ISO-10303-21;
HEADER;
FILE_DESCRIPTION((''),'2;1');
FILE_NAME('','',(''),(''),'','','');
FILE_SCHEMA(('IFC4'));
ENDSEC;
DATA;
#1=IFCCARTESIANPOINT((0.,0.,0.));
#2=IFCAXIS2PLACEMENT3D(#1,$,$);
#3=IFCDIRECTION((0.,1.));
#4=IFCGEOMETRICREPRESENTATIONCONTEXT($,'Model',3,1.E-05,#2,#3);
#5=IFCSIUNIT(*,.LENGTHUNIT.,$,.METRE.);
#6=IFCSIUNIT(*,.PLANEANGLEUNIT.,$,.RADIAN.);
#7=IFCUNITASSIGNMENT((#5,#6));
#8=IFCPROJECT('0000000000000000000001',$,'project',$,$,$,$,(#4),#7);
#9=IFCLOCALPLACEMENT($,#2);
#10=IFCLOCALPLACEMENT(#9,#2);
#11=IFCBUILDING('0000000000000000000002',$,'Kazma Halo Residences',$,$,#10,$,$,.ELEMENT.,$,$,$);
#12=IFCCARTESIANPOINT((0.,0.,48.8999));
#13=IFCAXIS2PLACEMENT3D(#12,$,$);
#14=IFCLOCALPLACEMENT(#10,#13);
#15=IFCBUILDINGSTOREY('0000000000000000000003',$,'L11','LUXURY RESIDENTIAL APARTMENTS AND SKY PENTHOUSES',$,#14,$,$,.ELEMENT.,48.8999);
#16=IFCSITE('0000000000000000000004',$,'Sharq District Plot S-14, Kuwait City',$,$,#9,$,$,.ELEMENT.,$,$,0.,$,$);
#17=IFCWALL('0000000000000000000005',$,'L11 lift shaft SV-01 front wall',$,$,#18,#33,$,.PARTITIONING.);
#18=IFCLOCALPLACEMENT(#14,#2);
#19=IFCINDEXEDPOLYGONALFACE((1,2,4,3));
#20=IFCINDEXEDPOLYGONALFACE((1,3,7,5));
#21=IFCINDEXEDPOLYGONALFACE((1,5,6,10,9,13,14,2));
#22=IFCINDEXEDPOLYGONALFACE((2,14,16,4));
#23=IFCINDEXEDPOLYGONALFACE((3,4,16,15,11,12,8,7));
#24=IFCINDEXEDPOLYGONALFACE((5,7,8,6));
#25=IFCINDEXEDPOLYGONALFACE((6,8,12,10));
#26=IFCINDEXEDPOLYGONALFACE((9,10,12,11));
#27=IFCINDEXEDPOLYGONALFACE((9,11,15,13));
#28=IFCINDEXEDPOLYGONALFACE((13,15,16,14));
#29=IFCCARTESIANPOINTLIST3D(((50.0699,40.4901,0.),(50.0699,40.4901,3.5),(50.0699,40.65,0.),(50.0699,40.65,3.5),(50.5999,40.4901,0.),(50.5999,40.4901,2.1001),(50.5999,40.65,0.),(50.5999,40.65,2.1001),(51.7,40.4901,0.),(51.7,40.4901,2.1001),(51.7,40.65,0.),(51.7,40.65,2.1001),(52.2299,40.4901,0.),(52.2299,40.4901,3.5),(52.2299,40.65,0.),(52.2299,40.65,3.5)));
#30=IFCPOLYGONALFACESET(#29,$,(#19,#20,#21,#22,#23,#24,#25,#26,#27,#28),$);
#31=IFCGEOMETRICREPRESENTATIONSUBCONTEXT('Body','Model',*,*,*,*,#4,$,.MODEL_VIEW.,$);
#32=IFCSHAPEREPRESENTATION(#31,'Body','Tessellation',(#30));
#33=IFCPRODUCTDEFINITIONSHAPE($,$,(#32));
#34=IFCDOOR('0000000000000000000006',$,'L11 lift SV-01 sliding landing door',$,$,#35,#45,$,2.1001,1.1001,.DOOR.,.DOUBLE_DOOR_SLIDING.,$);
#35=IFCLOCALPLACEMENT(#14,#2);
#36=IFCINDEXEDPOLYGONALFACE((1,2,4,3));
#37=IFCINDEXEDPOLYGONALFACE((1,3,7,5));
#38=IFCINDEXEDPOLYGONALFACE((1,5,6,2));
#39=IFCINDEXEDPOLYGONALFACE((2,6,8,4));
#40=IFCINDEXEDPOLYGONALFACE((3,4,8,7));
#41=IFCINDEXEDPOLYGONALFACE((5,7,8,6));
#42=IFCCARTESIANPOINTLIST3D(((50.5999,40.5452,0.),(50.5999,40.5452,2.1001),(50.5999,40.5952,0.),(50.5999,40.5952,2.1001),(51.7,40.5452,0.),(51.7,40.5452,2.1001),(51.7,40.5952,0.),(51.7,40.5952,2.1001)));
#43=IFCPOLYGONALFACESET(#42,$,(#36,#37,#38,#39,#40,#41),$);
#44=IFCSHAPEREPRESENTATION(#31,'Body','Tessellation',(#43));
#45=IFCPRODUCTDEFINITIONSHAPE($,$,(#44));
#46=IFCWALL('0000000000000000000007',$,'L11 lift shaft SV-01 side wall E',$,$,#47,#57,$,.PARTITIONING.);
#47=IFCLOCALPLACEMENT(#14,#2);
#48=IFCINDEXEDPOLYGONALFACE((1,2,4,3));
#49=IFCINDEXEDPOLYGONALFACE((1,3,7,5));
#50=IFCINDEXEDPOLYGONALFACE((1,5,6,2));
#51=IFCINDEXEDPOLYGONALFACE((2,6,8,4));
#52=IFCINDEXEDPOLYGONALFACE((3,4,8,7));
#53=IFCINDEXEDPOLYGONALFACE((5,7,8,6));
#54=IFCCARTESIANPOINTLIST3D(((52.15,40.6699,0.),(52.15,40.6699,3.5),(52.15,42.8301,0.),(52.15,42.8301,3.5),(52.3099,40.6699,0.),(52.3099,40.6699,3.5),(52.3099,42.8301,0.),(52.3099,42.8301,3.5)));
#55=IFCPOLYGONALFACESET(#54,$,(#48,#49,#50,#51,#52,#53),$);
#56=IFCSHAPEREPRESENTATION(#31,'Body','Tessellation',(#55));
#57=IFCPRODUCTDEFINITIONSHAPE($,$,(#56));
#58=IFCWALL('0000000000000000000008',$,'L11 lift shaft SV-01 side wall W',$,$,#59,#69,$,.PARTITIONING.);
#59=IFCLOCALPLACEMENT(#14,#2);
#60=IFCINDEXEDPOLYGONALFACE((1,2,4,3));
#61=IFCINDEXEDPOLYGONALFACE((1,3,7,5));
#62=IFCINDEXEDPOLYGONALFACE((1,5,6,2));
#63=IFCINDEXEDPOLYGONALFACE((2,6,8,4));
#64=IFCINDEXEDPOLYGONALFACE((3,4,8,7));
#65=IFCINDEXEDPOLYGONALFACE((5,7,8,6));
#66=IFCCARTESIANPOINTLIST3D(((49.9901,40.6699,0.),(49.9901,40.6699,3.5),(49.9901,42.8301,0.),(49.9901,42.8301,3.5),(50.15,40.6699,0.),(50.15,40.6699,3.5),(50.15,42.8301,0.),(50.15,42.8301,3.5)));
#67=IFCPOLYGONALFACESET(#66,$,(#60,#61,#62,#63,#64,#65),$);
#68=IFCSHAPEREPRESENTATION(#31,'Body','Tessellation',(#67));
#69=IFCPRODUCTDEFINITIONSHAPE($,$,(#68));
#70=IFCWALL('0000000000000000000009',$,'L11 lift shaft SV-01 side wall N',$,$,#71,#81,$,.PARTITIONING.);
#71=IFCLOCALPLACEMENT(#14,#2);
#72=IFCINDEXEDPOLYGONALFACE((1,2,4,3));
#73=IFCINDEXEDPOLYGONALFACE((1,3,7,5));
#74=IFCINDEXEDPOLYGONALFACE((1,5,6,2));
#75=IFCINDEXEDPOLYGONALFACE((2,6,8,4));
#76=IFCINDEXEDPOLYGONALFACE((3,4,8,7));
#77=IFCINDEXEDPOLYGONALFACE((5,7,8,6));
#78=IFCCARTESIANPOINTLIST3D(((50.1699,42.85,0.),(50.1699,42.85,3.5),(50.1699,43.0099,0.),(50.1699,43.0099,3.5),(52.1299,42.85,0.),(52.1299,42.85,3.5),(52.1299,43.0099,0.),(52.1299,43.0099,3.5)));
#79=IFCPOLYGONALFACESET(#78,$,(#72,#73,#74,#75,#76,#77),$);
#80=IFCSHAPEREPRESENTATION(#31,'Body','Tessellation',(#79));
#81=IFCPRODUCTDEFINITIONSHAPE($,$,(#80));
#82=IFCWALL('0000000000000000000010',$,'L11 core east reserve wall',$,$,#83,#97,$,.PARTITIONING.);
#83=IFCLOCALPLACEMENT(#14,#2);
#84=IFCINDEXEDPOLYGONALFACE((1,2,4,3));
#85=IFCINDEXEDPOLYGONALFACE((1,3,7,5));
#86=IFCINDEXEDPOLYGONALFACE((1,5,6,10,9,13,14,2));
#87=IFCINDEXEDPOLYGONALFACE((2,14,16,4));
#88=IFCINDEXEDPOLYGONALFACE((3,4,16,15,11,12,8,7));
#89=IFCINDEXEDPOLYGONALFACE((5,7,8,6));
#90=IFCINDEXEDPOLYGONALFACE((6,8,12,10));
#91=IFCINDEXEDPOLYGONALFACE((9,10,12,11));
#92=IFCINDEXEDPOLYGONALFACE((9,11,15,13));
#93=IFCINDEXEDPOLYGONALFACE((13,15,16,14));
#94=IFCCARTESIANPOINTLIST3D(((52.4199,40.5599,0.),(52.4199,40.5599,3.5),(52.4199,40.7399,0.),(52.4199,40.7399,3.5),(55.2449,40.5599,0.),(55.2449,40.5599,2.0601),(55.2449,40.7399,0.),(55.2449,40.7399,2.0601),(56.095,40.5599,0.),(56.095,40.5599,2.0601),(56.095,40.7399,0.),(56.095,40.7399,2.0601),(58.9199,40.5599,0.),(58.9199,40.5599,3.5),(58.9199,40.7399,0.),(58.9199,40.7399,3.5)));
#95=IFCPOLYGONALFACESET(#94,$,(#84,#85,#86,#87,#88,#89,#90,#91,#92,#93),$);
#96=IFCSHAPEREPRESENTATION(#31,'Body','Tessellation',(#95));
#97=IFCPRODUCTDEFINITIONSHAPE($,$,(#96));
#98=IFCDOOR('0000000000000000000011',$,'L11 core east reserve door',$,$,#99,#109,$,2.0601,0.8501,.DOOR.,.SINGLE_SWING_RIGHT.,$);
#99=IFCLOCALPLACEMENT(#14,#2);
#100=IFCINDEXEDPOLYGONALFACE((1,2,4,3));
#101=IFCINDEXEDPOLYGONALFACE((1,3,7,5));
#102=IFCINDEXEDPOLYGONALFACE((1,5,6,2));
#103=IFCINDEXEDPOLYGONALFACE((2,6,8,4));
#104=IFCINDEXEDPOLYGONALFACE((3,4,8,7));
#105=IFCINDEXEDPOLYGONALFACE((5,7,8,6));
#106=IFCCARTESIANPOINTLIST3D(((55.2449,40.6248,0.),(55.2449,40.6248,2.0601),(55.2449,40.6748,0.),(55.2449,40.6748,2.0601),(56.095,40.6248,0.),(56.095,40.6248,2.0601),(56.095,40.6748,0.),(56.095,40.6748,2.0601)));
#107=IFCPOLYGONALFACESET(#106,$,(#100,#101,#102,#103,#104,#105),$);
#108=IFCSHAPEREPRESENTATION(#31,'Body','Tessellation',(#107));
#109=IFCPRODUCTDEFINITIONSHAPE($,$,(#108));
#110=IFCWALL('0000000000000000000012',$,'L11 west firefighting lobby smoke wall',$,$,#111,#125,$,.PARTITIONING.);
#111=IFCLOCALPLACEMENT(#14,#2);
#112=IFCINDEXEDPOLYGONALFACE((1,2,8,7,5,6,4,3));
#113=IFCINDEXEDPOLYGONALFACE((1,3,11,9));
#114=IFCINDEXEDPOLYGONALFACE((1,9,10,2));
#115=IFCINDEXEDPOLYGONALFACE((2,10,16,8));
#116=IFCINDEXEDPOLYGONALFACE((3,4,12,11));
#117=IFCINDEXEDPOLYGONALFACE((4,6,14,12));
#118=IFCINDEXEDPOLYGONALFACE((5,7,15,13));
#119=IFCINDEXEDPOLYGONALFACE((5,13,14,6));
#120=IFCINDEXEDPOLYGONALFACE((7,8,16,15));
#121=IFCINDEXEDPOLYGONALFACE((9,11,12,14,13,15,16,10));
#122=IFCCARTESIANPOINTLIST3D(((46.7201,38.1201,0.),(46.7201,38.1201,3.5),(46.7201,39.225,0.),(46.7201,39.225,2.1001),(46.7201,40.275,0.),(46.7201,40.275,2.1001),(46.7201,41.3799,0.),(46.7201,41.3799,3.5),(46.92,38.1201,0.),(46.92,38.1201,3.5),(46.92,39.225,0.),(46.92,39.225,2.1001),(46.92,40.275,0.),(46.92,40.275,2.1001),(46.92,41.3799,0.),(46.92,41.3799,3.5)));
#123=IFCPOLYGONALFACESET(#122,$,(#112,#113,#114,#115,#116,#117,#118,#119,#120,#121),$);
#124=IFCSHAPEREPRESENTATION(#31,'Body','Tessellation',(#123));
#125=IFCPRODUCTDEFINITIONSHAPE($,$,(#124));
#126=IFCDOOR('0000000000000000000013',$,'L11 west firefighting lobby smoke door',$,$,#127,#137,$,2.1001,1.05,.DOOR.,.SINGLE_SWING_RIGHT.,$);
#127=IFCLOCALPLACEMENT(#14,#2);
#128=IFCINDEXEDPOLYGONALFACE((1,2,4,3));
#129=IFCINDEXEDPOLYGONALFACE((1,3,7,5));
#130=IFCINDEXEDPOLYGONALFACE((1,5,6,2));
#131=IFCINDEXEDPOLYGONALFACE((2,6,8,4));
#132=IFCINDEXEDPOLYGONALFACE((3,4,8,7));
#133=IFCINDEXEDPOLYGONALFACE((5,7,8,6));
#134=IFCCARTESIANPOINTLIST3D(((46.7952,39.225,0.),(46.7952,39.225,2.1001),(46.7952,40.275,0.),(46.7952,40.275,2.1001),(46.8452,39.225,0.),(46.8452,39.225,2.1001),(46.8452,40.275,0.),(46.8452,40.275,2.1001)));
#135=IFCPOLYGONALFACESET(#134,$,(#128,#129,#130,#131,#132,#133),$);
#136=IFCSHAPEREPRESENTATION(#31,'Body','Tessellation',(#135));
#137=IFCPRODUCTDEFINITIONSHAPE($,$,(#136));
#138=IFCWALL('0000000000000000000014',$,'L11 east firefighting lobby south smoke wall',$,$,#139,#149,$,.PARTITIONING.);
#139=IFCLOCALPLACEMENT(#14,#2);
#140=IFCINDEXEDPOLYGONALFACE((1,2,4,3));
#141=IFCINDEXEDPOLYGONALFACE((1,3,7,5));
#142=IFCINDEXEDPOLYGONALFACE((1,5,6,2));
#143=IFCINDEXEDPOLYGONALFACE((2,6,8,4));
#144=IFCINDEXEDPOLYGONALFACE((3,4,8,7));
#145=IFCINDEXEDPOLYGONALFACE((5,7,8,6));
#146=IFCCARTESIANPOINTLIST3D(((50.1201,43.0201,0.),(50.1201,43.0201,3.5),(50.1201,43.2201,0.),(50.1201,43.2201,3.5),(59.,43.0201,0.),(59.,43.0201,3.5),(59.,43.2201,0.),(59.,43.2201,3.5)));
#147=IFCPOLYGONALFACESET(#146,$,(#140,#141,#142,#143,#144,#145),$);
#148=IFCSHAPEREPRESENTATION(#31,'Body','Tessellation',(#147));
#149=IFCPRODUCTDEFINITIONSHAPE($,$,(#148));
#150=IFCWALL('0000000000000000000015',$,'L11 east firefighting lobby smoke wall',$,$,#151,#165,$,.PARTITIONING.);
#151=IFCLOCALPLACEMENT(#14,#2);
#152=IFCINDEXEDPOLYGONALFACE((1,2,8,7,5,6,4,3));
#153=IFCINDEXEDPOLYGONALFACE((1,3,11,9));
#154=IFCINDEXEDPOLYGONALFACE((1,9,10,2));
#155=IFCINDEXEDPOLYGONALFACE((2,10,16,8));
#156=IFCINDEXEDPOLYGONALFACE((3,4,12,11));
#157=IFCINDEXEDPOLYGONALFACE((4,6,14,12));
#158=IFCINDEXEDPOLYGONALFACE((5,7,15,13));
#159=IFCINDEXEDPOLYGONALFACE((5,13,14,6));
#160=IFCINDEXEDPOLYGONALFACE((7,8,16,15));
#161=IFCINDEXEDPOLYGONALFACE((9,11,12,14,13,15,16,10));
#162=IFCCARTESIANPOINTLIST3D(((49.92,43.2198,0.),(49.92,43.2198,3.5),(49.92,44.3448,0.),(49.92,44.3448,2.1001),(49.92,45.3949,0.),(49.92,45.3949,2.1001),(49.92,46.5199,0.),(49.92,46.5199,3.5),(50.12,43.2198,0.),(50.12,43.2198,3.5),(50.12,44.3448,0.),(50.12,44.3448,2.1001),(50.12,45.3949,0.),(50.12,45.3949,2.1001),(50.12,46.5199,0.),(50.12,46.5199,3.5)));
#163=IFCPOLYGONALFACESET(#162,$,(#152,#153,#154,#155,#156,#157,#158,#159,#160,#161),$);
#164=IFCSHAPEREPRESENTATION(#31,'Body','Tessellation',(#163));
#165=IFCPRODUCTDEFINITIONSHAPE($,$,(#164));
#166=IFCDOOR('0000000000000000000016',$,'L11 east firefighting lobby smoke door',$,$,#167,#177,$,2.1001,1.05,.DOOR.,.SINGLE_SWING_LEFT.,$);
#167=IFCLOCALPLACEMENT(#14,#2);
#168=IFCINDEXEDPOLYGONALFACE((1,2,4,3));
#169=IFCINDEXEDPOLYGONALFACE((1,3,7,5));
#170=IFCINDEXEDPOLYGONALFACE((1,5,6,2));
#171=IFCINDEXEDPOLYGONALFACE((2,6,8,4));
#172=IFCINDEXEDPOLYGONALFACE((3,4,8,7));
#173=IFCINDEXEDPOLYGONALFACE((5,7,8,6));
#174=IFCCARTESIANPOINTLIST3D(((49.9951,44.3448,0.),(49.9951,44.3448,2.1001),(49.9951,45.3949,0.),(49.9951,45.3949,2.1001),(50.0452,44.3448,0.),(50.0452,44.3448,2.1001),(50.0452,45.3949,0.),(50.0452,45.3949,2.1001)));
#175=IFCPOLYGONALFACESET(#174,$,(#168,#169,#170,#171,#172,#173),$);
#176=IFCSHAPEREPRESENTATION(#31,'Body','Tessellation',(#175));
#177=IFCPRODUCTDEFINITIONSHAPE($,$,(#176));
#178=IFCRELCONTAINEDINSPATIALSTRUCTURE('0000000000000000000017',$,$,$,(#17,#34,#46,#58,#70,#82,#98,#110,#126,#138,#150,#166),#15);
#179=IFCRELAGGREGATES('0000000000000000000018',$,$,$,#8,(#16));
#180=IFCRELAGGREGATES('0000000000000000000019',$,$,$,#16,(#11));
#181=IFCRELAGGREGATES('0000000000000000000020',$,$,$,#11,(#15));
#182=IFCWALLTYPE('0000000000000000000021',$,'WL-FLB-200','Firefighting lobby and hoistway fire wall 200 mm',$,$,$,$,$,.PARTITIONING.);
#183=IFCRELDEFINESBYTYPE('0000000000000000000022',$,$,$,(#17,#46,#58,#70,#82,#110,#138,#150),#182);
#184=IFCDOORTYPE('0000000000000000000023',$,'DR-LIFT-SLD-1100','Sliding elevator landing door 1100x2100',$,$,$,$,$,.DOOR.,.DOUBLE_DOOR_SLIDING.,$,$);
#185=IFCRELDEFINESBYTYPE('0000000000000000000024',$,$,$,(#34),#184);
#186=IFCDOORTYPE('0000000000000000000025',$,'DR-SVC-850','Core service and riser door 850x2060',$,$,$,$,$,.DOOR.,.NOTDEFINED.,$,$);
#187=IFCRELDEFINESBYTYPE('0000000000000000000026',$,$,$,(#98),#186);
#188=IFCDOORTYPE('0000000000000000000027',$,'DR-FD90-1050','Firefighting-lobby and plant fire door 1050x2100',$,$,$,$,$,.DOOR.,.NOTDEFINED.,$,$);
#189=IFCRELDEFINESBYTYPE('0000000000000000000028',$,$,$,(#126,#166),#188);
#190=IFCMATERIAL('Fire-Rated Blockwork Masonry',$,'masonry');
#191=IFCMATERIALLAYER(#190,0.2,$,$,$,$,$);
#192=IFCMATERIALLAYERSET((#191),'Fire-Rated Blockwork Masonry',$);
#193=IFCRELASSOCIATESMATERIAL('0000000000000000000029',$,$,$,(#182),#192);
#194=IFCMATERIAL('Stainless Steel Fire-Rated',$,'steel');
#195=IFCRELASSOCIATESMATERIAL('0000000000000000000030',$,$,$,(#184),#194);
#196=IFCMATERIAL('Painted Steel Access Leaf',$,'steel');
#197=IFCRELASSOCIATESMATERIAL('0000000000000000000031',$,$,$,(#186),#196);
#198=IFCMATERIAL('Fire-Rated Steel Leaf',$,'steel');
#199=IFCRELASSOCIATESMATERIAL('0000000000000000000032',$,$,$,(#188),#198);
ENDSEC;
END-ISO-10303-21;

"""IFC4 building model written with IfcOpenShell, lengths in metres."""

from ifc_helpers import new_model, si_unit, direction, frame, frame_2d, origin, place, context, subcontext, project, spatial, rectangle, extrude, material, layer, layer_set, type_object, element, fill, save


model = new_model("IFC4")

# Units and contexts
model_context = context("Model", 3, precision=1e-05, world=origin(), true_north=direction((0.0, 1.0)))
body_context = subcontext(model_context, "Body", "Model", "MODEL_VIEW")
ifc_project = project(units=[si_unit("LENGTHUNIT", "METRE"), si_unit("PLANEANGLEUNIT", "RADIAN")], contexts=[model_context])

# Site, building, storey
site_placement = place(None, origin())
site = spatial("IfcSite", under=ifc_project, at=site_placement, Name="Sharq District Plot S-14, Kuwait City", CompositionType="ELEMENT", RefElevation=0.0)
building_placement = place(site_placement, origin())
building = spatial("IfcBuilding", under=site, at=building_placement, Name="Kazma Halo Residences", CompositionType="ELEMENT")
storey_placement = place(building_placement, frame((0.0, 0.0, 48.8999)))
storey = spatial("IfcBuildingStorey", under=building, at=storey_placement, Name="L11", Description="LUXURY RESIDENTIAL APARTMENTS AND SKY PENTHOUSES", CompositionType="ELEMENT", Elevation=48.8999)

# Wall, opening, door
ifc_material_1 = material(Name="Fire-Rated Blockwork Masonry", Category="masonry")
ifc_layer_1 = layer(ifc_material_1, 0.2)
ifc_layer_set_1 = layer_set([ifc_layer_1], Name="Fire-Rated Blockwork Masonry")
wall_type_1 = type_object("IfcWallType", Name="WL-FLB-200", Description="Firefighting lobby and hoistway fire wall 200 mm", PredefinedType="PARTITIONING", material=ifc_layer_set_1)
wall_1_placement = place(storey_placement, frame((52.23, 40.5701, 0.0), z_axis=(0.0, 0.0, 1.0), x_axis=(-1.0, 0.0, 0.0)))
wall_1 = element("IfcWall", 1, at=wall_1_placement, inside=storey, type_object=wall_type_1, Name="L11 lift shaft SV-01 front wall", PredefinedType="PARTITIONING", context=body_context, shape_type="SweptSolid", body=[
    extrude(rectangle(XDim=2.1599, YDim=0.1599, at=frame_2d((1.0801, 0.0))), origin(), (0.0, 0.0, 1.0), 3.5),
])
opening_1_placement = place(wall_1_placement, frame((0.53, 0.0, 0.0)))
opening_1 = element("IfcOpeningElement", 2, at=opening_1_placement, cuts=wall_1, PredefinedType="OPENING", context=body_context, shape_type="SweptSolid", body=[
    extrude(rectangle(XDim=1.1001, YDim=2.1001, at=frame_2d((0.55, 1.05))), frame((0.0, 0.0898, 0.0), z_axis=(0.0, -1.0, 0.0), x_axis=(1.0, 0.0, 0.0)), (0.0, 0.0, 1.0), 0.1799),
])
ifc_material_2 = material(Name="Stainless Steel Fire-Rated", Category="steel")
door_type_1 = type_object("IfcDoorType", Name="DR-LIFT-SLD-1100", Description="Sliding elevator landing door 1100x2100", OperationType="DOUBLE_DOOR_SLIDING", PredefinedType="DOOR", material=ifc_material_2)
door_1_placement = place(opening_1_placement, origin())
door_1 = element("IfcDoor", 3, at=door_1_placement, inside=storey, type_object=door_type_1, Name="L11 lift SV-01 sliding landing door", OperationType="DOUBLE_DOOR_SLIDING", OverallHeight=2.1001, OverallWidth=1.1001, PredefinedType="DOOR", context=body_context, shape_type="SweptSolid", body=[
    extrude(rectangle(XDim=1.1001, YDim=2.1001, at=frame_2d((0.55, 1.05))), frame((0.0, 0.0249, 0.0), z_axis=(0.0, -1.0, 0.0), x_axis=(1.0, 0.0, 0.0)), (0.0, 0.0, 1.0), 0.05),
])
fill(opening_1, door_1)

# Walls
for number, where, z_axis, x_axis, name in (
    (4, (52.23, 40.6699, 0.0), (0.0, 0.0, 1.0), (0.0, 1.0, 0.0), "L11 lift shaft SV-01 side wall E"),
    (5, (50.0701, 40.6699, 0.0), (0.0, 0.0, 1.0), (0.0, 1.0, 0.0), "L11 lift shaft SV-01 side wall W"),
):
    element("IfcWall", number, at=place(storey_placement, frame(where, z_axis=z_axis, x_axis=x_axis)), inside=storey, type_object=wall_type_1, Name=name, PredefinedType="PARTITIONING", context=body_context, shape_type="SweptSolid", body=[
        extrude(rectangle(XDim=2.1602, YDim=0.1599, at=frame_2d((1.0801, 0.0))), origin(), (0.0, 0.0, 1.0), 3.5),
    ])
wall_2_placement = place(storey_placement, frame((50.1699, 42.9299, 0.0), z_axis=(0.0, 0.0, 1.0), x_axis=(1.0, 0.0, 0.0)))
element("IfcWall", 6, at=wall_2_placement, inside=storey, type_object=wall_type_1, Name="L11 lift shaft SV-01 side wall N", PredefinedType="PARTITIONING", context=body_context, shape_type="SweptSolid", body=[
    extrude(rectangle(XDim=1.96, YDim=0.1599, at=frame_2d((0.98, 0.0))), origin(), (0.0, 0.0, 1.0), 3.5),
])

# Walls, openings, doors
wall_3_placement = place(storey_placement, frame((52.4199, 40.6499, 0.0), z_axis=(0.0, 0.0, 1.0), x_axis=(1.0, 0.0, 0.0)))
wall_3 = element("IfcWall", 7, at=wall_3_placement, inside=storey, type_object=wall_type_1, Name="L11 core east reserve wall", PredefinedType="PARTITIONING", context=body_context, shape_type="SweptSolid", body=[
    extrude(rectangle(XDim=6.5, YDim=0.1799, at=frame_2d((3.25, 0.0))), origin(), (0.0, 0.0, 1.0), 3.5),
])
opening_2_placement = place(wall_3_placement, frame((2.825, 0.0, 0.0)))
opening_2 = element("IfcOpeningElement", 8, at=opening_2_placement, cuts=wall_3, PredefinedType="OPENING", context=body_context, shape_type="SweptSolid", body=[
    extrude(rectangle(XDim=0.8501, YDim=2.0601, at=frame_2d((0.425, 1.03))), frame((0.0, 0.0999, 0.0), z_axis=(0.0, -1.0, 0.0), x_axis=(1.0, 0.0, 0.0)), (0.0, 0.0, 1.0), 0.2),
])
ifc_material_3 = material(Name="Painted Steel Access Leaf", Category="steel")
door_type_2 = type_object("IfcDoorType", Name="DR-SVC-850", Description="Core service and riser door 850x2060", OperationType="NOTDEFINED", PredefinedType="DOOR", material=ifc_material_3)
door_2_placement = place(opening_2_placement, origin())
door_2 = element("IfcDoor", 9, at=door_2_placement, inside=storey, type_object=door_type_2, Name="L11 core east reserve door", OperationType="SINGLE_SWING_RIGHT", OverallHeight=2.0601, OverallWidth=0.8501, PredefinedType="DOOR", context=body_context, shape_type="SweptSolid", body=[
    extrude(rectangle(XDim=0.8501, YDim=2.0601, at=frame_2d((0.425, 1.03))), frame((0.0, 0.0249, 0.0), z_axis=(0.0, -1.0, 0.0), x_axis=(1.0, 0.0, 0.0)), (0.0, 0.0, 1.0), 0.05),
])
fill(opening_2, door_2)
wall_4_placement = place(storey_placement, frame((46.8201, 38.1201, 0.0), z_axis=(0.0, 0.0, 1.0), x_axis=(0.0, 1.0, 0.0)))
wall_4 = element("IfcWall", 10, at=wall_4_placement, inside=storey, type_object=wall_type_1, Name="L11 west firefighting lobby smoke wall", PredefinedType="PARTITIONING", context=body_context, shape_type="SweptSolid", body=[
    extrude(rectangle(XDim=3.2598, YDim=0.2, at=frame_2d((1.6299, 0.0))), origin(), (0.0, 0.0, 1.0), 3.5),
])
opening_3_placement = place(wall_4_placement, frame((1.105, 0.0, 0.0)))
opening_3 = element("IfcOpeningElement", 11, at=opening_3_placement, cuts=wall_4, PredefinedType="OPENING", context=body_context, shape_type="SweptSolid", body=[
    extrude(rectangle(XDim=1.05, YDim=2.1001, at=frame_2d((0.5249, 1.05))), frame((0.0, 0.1099, 0.0), z_axis=(0.0, -1.0, 0.0), x_axis=(1.0, 0.0, 0.0)), (0.0, 0.0, 1.0), 0.22),
])
ifc_material_4 = material(Name="Fire-Rated Steel Leaf", Category="steel")
door_type_3 = type_object("IfcDoorType", Name="DR-FD90-1050", Description="Firefighting-lobby and plant fire door 1050x2100", OperationType="NOTDEFINED", PredefinedType="DOOR", material=ifc_material_4)
door_3_placement = place(opening_3_placement, origin())
door_3 = element("IfcDoor", 12, at=door_3_placement, inside=storey, type_object=door_type_3, Name="L11 west firefighting lobby smoke door", OperationType="SINGLE_SWING_RIGHT", OverallHeight=2.1001, OverallWidth=1.05, PredefinedType="DOOR", context=body_context, shape_type="SweptSolid", body=[
    extrude(rectangle(XDim=1.05, YDim=2.1001, at=frame_2d((0.5249, 1.05))), frame((0.0, 0.0249, 0.0), z_axis=(0.0, -1.0, 0.0), x_axis=(1.0, 0.0, 0.0)), (0.0, 0.0, 1.0), 0.05),
])
fill(opening_3, door_3)

# Wall
wall_5_placement = place(storey_placement, frame((50.1201, 43.1201, 0.0), z_axis=(0.0, 0.0, 1.0), x_axis=(1.0, 0.0, 0.0)))
element("IfcWall", 13, at=wall_5_placement, inside=storey, type_object=wall_type_1, Name="L11 east firefighting lobby south smoke wall", PredefinedType="PARTITIONING", context=body_context, shape_type="SweptSolid", body=[
    extrude(rectangle(XDim=8.8799, YDim=0.2, at=frame_2d((4.4399, 0.0))), origin(), (0.0, 0.0, 1.0), 3.5),
])

# Wall, opening, door
wall_6_placement = place(storey_placement, frame((50.02, 43.22, 0.0), z_axis=(0.0, 0.0, 1.0), x_axis=(0.0, 1.0, 0.0)))
wall_6 = element("IfcWall", 14, at=wall_6_placement, inside=storey, type_object=wall_type_1, Name="L11 east firefighting lobby smoke wall", PredefinedType="PARTITIONING", context=body_context, shape_type="SweptSolid", body=[
    extrude(rectangle(XDim=3.3, YDim=0.2, at=frame_2d((1.6499, 0.0))), origin(), (0.0, 0.0, 1.0), 3.5),
])
opening_4_placement = place(wall_6_placement, frame((1.125, 0.0, 0.0)))
opening_4 = element("IfcOpeningElement", 15, at=opening_4_placement, cuts=wall_6, PredefinedType="OPENING", context=body_context, shape_type="SweptSolid", body=[
    extrude(rectangle(XDim=1.05, YDim=2.1001, at=frame_2d((0.5249, 1.05))), frame((0.0, 0.1099, 0.0), z_axis=(0.0, -1.0, 0.0), x_axis=(1.0, 0.0, 0.0)), (0.0, 0.0, 1.0), 0.22),
])
door_4_placement = place(opening_4_placement, origin())
door_4 = element("IfcDoor", 16, at=door_4_placement, inside=storey, type_object=door_type_3, Name="L11 east firefighting lobby smoke door", OperationType="SINGLE_SWING_LEFT", OverallHeight=2.1001, OverallWidth=1.05, PredefinedType="DOOR", context=body_context, shape_type="SweptSolid", body=[
    extrude(rectangle(XDim=1.05, YDim=2.1001, at=frame_2d((0.5249, 1.05))), frame((0.0, 0.0249, 0.0), z_axis=(0.0, -1.0, 0.0), x_axis=(1.0, 0.0, 0.0)), (0.0, 0.0, 1.0), 0.05),
])
fill(opening_4, door_4)

save(model, "model.ifc")
